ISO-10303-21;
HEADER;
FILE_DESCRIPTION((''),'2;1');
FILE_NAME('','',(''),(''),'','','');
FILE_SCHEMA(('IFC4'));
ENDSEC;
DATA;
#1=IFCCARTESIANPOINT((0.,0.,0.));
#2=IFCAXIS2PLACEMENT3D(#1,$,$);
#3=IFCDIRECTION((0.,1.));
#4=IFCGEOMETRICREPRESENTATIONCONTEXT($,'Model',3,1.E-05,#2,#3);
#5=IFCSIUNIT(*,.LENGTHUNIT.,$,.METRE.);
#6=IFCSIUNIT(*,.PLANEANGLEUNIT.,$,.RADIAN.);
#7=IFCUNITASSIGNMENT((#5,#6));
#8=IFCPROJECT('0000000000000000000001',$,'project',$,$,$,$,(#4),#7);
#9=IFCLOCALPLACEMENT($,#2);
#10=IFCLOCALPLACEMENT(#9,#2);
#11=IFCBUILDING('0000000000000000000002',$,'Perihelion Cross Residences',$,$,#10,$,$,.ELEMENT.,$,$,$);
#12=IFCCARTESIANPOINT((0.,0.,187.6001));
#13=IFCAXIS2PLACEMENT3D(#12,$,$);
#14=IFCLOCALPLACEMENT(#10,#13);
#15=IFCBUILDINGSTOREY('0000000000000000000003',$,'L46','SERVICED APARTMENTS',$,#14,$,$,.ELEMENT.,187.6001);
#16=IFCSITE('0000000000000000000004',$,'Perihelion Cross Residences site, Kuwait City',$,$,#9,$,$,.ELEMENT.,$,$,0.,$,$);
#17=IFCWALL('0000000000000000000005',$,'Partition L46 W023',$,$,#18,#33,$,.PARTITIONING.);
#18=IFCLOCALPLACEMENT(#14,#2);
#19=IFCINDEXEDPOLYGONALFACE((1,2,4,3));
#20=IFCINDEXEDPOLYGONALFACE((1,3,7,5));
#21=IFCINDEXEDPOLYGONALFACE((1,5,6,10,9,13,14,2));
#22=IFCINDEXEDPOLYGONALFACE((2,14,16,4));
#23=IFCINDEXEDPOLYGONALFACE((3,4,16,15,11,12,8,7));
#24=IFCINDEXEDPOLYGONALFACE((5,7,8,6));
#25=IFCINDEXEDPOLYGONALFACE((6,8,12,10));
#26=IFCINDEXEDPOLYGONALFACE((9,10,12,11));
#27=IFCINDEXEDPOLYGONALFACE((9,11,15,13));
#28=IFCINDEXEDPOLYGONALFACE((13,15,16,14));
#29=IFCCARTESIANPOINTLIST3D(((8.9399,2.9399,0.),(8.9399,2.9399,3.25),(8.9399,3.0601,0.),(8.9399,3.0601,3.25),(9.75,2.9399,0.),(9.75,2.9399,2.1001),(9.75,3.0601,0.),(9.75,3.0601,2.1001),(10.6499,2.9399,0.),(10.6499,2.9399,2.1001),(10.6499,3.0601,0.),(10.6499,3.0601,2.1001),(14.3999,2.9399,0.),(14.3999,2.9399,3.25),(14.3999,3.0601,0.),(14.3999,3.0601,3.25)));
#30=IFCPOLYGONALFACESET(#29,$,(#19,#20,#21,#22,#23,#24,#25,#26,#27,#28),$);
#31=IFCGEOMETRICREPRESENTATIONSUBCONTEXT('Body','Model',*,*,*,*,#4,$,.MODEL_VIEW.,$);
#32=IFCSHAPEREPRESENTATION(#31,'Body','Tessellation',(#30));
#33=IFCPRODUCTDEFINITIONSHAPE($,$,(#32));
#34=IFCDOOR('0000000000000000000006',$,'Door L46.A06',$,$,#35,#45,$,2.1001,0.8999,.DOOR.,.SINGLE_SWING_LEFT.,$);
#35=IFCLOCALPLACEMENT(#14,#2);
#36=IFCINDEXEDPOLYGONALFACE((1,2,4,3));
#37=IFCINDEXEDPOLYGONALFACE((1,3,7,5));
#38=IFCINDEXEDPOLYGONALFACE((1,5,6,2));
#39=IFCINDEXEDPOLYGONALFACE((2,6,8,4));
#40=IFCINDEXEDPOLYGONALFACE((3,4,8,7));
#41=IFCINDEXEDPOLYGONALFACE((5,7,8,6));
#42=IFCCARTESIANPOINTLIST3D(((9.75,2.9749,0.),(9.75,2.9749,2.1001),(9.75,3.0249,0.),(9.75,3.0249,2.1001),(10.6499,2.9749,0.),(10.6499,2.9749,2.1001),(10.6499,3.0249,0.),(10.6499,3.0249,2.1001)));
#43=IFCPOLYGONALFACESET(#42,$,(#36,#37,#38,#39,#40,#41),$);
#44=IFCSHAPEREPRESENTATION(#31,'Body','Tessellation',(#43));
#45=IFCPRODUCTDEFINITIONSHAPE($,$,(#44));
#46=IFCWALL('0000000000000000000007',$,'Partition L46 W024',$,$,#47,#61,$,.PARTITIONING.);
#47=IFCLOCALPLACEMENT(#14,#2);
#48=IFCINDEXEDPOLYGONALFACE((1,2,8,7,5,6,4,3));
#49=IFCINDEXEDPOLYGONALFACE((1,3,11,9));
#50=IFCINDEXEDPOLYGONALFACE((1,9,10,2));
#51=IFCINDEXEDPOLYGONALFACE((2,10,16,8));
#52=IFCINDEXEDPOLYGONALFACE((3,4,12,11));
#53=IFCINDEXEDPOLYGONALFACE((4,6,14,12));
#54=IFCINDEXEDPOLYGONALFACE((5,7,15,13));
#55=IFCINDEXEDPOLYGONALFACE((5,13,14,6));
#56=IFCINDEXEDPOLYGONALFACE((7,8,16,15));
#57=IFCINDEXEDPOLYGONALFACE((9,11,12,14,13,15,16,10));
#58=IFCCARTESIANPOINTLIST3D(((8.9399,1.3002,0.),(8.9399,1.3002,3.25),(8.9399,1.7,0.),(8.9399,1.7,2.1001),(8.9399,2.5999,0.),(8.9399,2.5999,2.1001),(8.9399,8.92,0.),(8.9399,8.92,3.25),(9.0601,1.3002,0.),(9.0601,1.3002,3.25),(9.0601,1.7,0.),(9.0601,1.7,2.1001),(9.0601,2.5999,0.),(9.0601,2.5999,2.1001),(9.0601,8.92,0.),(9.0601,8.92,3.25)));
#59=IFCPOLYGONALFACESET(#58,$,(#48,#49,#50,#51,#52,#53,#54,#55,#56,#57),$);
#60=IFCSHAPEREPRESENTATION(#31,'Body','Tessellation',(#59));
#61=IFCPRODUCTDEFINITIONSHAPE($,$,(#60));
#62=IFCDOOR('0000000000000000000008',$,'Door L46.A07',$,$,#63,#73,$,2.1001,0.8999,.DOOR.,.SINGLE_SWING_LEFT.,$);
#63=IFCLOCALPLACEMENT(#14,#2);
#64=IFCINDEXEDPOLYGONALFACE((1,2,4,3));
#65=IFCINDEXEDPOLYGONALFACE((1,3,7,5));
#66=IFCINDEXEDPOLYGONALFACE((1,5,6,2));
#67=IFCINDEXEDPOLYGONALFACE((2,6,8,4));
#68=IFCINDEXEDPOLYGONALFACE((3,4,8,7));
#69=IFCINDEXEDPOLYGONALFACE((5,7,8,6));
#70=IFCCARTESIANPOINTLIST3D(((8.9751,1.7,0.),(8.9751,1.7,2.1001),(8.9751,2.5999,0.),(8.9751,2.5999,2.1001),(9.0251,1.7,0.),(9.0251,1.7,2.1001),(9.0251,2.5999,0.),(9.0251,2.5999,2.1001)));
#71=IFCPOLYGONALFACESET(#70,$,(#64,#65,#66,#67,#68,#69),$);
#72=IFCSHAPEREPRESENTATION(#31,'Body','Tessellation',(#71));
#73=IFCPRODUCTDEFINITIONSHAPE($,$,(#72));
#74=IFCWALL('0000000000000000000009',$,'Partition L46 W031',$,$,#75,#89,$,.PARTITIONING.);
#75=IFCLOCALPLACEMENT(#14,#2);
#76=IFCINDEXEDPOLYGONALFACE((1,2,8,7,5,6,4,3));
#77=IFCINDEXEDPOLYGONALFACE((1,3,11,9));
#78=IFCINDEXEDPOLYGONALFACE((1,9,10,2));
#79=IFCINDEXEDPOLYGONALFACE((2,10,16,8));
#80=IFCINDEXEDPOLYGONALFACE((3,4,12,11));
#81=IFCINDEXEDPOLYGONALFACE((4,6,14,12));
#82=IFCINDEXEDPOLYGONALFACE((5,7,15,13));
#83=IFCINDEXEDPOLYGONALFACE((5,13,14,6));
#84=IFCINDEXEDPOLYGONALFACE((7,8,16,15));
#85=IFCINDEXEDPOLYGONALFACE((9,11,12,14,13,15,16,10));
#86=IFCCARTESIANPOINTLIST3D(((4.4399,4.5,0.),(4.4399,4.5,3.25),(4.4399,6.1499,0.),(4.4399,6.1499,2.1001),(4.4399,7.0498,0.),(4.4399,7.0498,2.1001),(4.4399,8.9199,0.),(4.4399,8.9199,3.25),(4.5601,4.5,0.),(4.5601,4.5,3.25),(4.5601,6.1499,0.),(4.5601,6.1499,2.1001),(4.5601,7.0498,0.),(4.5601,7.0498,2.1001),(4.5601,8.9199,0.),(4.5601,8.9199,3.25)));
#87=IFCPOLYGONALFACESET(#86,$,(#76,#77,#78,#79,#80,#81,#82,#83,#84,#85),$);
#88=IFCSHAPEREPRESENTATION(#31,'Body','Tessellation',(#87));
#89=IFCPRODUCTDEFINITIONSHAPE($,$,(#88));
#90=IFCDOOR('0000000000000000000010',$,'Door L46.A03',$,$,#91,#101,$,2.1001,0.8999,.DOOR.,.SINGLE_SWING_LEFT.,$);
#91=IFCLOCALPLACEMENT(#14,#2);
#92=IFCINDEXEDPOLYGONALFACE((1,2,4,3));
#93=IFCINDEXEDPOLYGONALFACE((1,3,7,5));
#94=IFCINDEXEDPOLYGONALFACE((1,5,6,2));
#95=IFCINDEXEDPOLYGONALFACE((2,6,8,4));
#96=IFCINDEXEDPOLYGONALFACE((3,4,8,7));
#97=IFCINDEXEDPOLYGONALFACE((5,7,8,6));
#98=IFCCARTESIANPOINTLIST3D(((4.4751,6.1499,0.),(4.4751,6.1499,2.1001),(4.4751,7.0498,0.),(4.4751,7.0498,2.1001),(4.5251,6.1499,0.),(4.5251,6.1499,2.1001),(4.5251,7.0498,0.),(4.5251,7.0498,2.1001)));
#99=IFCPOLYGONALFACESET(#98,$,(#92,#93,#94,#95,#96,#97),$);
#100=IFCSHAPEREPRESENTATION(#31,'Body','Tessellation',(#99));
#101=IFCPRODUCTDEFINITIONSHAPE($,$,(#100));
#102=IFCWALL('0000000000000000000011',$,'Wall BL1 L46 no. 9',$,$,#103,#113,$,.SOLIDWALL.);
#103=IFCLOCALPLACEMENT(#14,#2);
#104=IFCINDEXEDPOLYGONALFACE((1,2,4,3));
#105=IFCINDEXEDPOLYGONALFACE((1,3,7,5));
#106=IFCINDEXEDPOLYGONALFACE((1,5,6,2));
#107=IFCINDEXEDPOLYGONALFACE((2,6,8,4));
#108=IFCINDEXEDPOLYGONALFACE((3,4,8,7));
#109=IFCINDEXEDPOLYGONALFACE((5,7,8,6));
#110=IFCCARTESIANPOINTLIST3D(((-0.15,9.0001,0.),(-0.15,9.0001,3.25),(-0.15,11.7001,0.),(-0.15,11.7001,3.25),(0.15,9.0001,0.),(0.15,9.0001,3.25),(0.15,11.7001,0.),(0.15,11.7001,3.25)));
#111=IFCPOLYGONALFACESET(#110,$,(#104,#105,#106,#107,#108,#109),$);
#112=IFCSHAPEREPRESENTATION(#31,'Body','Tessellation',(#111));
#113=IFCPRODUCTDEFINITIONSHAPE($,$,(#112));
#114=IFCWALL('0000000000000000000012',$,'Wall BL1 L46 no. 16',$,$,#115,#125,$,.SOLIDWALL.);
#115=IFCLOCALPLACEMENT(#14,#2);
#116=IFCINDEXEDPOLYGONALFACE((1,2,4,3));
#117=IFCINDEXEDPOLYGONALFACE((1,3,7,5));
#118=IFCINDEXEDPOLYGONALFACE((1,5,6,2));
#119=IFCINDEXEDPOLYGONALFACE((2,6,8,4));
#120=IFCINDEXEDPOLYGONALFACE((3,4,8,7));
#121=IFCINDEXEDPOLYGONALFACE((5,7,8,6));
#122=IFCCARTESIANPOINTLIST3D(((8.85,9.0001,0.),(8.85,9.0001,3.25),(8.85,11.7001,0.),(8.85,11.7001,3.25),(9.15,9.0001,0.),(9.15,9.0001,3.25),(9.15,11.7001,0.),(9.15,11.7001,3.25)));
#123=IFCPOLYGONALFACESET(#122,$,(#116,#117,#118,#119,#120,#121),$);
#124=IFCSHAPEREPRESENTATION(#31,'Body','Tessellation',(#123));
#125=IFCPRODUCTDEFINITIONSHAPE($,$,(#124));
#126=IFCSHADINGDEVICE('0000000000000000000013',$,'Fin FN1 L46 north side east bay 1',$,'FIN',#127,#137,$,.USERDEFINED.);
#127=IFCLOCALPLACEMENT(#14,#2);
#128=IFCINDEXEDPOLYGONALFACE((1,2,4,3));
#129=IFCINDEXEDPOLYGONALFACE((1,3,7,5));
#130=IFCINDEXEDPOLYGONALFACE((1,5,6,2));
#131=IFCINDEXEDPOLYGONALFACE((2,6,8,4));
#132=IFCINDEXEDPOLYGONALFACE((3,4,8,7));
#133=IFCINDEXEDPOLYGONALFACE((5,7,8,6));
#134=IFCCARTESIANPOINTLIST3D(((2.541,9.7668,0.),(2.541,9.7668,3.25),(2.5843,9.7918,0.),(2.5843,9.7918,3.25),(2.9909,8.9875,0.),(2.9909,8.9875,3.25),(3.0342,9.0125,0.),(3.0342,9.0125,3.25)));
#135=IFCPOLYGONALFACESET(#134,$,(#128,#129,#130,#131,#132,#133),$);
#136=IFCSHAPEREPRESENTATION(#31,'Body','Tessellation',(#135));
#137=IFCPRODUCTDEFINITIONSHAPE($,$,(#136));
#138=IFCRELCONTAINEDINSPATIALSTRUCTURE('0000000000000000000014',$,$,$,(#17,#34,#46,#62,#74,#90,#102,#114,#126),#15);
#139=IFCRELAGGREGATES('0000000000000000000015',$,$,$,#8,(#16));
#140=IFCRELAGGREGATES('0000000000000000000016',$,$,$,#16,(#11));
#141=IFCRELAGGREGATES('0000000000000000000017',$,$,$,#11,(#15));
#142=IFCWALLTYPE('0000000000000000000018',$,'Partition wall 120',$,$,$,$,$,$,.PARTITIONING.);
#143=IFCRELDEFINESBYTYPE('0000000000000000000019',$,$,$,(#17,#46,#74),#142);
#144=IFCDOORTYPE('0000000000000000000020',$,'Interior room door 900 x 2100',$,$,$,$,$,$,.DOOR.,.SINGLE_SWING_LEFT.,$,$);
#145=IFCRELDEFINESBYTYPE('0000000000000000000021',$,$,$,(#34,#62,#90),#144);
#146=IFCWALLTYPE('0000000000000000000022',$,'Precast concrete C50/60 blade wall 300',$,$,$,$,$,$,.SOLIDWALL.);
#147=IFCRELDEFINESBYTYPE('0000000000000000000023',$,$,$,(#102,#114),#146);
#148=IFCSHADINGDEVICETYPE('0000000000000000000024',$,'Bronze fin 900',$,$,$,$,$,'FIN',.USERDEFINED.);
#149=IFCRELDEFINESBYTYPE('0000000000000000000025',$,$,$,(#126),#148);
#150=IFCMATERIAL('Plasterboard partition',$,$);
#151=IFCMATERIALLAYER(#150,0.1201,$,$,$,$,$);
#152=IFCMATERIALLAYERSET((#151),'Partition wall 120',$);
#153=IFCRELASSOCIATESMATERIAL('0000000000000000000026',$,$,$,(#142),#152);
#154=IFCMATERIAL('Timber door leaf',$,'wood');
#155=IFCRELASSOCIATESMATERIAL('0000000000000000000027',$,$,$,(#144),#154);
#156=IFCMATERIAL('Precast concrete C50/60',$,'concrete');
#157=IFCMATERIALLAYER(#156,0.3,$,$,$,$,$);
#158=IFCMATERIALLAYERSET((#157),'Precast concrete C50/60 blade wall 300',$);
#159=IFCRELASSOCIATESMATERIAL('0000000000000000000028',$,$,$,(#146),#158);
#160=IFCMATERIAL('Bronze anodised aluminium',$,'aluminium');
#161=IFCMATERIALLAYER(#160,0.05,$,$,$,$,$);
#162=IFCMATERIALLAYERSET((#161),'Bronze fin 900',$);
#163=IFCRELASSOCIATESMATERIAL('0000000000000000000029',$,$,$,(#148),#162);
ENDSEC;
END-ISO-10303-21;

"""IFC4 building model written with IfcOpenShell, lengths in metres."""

from ifc_helpers import new_model, si_unit, direction, frame, frame_2d, origin, origin_2d, place, context, subcontext, project, spatial, rectangle, extrude, material, layer, layer_set, type_object, element, fill, save


model = new_model("IFC4")

# Units and contexts
model_context = context("Model", 3, precision=1e-05, world=origin(), true_north=direction((0.0, 1.0)))
body_context = subcontext(model_context, "Body", "Model", "MODEL_VIEW")
ifc_project = project(units=[si_unit("LENGTHUNIT", "METRE"), si_unit("PLANEANGLEUNIT", "RADIAN")], contexts=[model_context])

# Site, building, storey
site_placement = place(None, origin())
site = spatial("IfcSite", under=ifc_project, at=site_placement, Name="Perihelion Cross Residences site, Kuwait City", CompositionType="ELEMENT", RefElevation=0.0)
building_placement = place(site_placement, origin())
building = spatial("IfcBuilding", under=site, at=building_placement, Name="Perihelion Cross Residences", CompositionType="ELEMENT")
storey_placement = place(building_placement, frame((0.0, 0.0, 187.6001)))
storey = spatial("IfcBuildingStorey", under=building, at=storey_placement, Name="L46", Description="SERVICED APARTMENTS", CompositionType="ELEMENT", Elevation=187.6001)

# Walls, openings, doors
ifc_material_1 = material(Name="Plasterboard partition")
ifc_layer_1 = layer(ifc_material_1, 0.1201)
ifc_layer_set_1 = layer_set([ifc_layer_1], Name="Partition wall 120")
wall_type_1 = type_object("IfcWallType", Name="Partition wall 120", PredefinedType="PARTITIONING", material=ifc_layer_set_1)
wall_1_placement = place(storey_placement, frame((8.9399, 3.0, 0.0), z_axis=(0.0, 0.0, 1.0), x_axis=(1.0, 0.0, 0.0)))
wall_1 = element("IfcWall", 1, at=wall_1_placement, inside=storey, type_object=wall_type_1, Name="Partition L46 W023", PredefinedType="PARTITIONING", context=body_context, shape_type="SweptSolid", body=[
    extrude(rectangle(XDim=5.46, YDim=0.1201, at=frame_2d((2.73, 0.0))), origin(), (0.0, 0.0, 1.0), 3.25),
])
opening_1_placement = place(wall_1_placement, frame((0.8101, 0.0, 0.0)))
opening_1 = element("IfcOpeningElement", 2, at=opening_1_placement, cuts=wall_1, PredefinedType="OPENING", context=body_context, shape_type="SweptSolid", body=[
    extrude(rectangle(XDim=0.8999, YDim=2.1001, at=frame_2d((0.45, 1.05))), frame((0.0, 0.0701, 0.0), z_axis=(0.0, -1.0, 0.0), x_axis=(1.0, 0.0, 0.0)), (0.0, 0.0, 1.0), 0.1401),
])
ifc_material_2 = material(Name="Timber door leaf", Category="wood")
door_type_1 = type_object("IfcDoorType", Name="Interior room door 900 x 2100", OperationType="SINGLE_SWING_LEFT", PredefinedType="DOOR", material=ifc_material_2)
door_1_placement = place(opening_1_placement, origin())
door_1 = element("IfcDoor", 3, at=door_1_placement, inside=storey, type_object=door_type_1, Name="Door L46.A06", OperationType="SINGLE_SWING_LEFT", OverallHeight=2.1001, OverallWidth=0.8999, PredefinedType="DOOR", context=body_context, shape_type="SweptSolid", body=[
    extrude(rectangle(XDim=0.8999, YDim=2.1001, at=frame_2d((0.45, 1.05))), frame((0.0, 0.0249, 0.0), z_axis=(0.0, -1.0, 0.0), x_axis=(1.0, 0.0, 0.0)), (0.0, 0.0, 1.0), 0.05),
])
fill(opening_1, door_1)
wall_2_placement = place(storey_placement, frame((9.0, 1.3, 0.0), z_axis=(0.0, 0.0, 1.0), x_axis=(0.0, 1.0, 0.0)))
wall_2 = element("IfcWall", 4, at=wall_2_placement, inside=storey, type_object=wall_type_1, Name="Partition L46 W024", PredefinedType="PARTITIONING", context=body_context, shape_type="SweptSolid", body=[
    extrude(rectangle(XDim=7.6199, YDim=0.1201, at=frame_2d((3.8101, 0.0))), origin(), (0.0, 0.0, 1.0), 3.25),
])
opening_2_placement = place(wall_2_placement, frame((0.3999, 0.0, 0.0)))
opening_2 = element("IfcOpeningElement", 5, at=opening_2_placement, cuts=wall_2, PredefinedType="OPENING", context=body_context, shape_type="SweptSolid", body=[
    extrude(rectangle(XDim=0.8999, YDim=2.1001, at=frame_2d((0.45, 1.05))), frame((0.0, 0.0701, 0.0), z_axis=(0.0, -1.0, 0.0), x_axis=(1.0, 0.0, 0.0)), (0.0, 0.0, 1.0), 0.1401),
])
door_2_placement = place(opening_2_placement, origin())
door_2 = element("IfcDoor", 6, at=door_2_placement, inside=storey, type_object=door_type_1, Name="Door L46.A07", OperationType="SINGLE_SWING_LEFT", OverallHeight=2.1001, OverallWidth=0.8999, PredefinedType="DOOR", context=body_context, shape_type="SweptSolid", body=[
    extrude(rectangle(XDim=0.8999, YDim=2.1001, at=frame_2d((0.45, 1.05))), frame((0.0, 0.0249, 0.0), z_axis=(0.0, -1.0, 0.0), x_axis=(1.0, 0.0, 0.0)), (0.0, 0.0, 1.0), 0.05),
])
fill(opening_2, door_2)
wall_3_placement = place(storey_placement, frame((4.5, 4.5, 0.0), z_axis=(0.0, 0.0, 1.0), x_axis=(0.0, 1.0, 0.0)))
wall_3 = element("IfcWall", 7, at=wall_3_placement, inside=storey, type_object=wall_type_1, Name="Partition L46 W031", PredefinedType="PARTITIONING", context=body_context, shape_type="SweptSolid", body=[
    extrude(rectangle(XDim=4.4199, YDim=0.1201, at=frame_2d((2.21, 0.0))), origin(), (0.0, 0.0, 1.0), 3.25),
])
opening_3_placement = place(wall_3_placement, frame((1.6499, 0.0, 0.0)))
opening_3 = element("IfcOpeningElement", 8, at=opening_3_placement, cuts=wall_3, PredefinedType="OPENING", context=body_context, shape_type="SweptSolid", body=[
    extrude(rectangle(XDim=0.8999, YDim=2.1001, at=frame_2d((0.45, 1.05))), frame((0.0, 0.0701, 0.0), z_axis=(0.0, -1.0, 0.0), x_axis=(1.0, 0.0, 0.0)), (0.0, 0.0, 1.0), 0.1401),
])
door_3_placement = place(opening_3_placement, origin())
door_3 = element("IfcDoor", 9, at=door_3_placement, inside=storey, type_object=door_type_1, Name="Door L46.A03", OperationType="SINGLE_SWING_LEFT", OverallHeight=2.1001, OverallWidth=0.8999, PredefinedType="DOOR", context=body_context, shape_type="SweptSolid", body=[
    extrude(rectangle(XDim=0.8999, YDim=2.1001, at=frame_2d((0.45, 1.05))), frame((0.0, 0.0249, 0.0), z_axis=(0.0, -1.0, 0.0), x_axis=(1.0, 0.0, 0.0)), (0.0, 0.0, 1.0), 0.05),
])
fill(opening_3, door_3)

# Walls
ifc_material_3 = material(Name="Precast concrete C50/60", Category="concrete")
ifc_layer_2 = layer(ifc_material_3, 0.3)
ifc_layer_set_2 = layer_set([ifc_layer_2], Name="Precast concrete C50/60 blade wall 300")
wall_type_2 = type_object("IfcWallType", Name="Precast concrete C50/60 blade wall 300", PredefinedType="SOLIDWALL", material=ifc_layer_set_2)
for number, where, z_axis, x_axis, name in (
    (10, (0.0, 9.0, 0.0), (0.0, 0.0, 1.0), (0.0, 1.0, 0.0), "Wall BL1 L46 no. 9"),
    (11, (9.0, 9.0, 0.0), (0.0, 0.0, 1.0), (0.0, 1.0, 0.0), "Wall BL1 L46 no. 16"),
):
    element("IfcWall", number, at=place(storey_placement, frame(where, z_axis=z_axis, x_axis=x_axis)), inside=storey, type_object=wall_type_2, Name=name, PredefinedType="SOLIDWALL", context=body_context, shape_type="SweptSolid", body=[
        extrude(rectangle(XDim=2.7, YDim=0.3, at=frame_2d((1.3501, 0.0))), origin(), (0.0, 0.0, 1.0), 3.25),
    ])

# Shading device
ifc_material_4 = material(Name="Bronze anodised aluminium", Category="aluminium")
ifc_layer_3 = layer(ifc_material_4, 0.05)
ifc_layer_set_3 = layer_set([ifc_layer_3], Name="Bronze fin 900")
shading_device_type = type_object("IfcShadingDeviceType", Name="Bronze fin 900", ElementType="FIN", PredefinedType="USERDEFINED", material=ifc_layer_set_3)
shading_device_placement = place(storey_placement, frame((2.7876, 9.3896, 0.0), z_axis=(0.0, 0.0, 1.0), x_axis=(-0.5, 0.866025, 0.0)))
element("IfcShadingDevice", 12, at=shading_device_placement, inside=storey, type_object=shading_device_type, Name="Fin FN1 L46 north side east bay 1", ObjectType="FIN", PredefinedType="USERDEFINED", context=body_context, shape_type="SweptSolid", body=[
    extrude(rectangle(XDim=0.8999, YDim=0.05, at=origin_2d()), origin(), (0.0, 0.0, 1.0), 3.25),
])

save(model, "model.ifc")
